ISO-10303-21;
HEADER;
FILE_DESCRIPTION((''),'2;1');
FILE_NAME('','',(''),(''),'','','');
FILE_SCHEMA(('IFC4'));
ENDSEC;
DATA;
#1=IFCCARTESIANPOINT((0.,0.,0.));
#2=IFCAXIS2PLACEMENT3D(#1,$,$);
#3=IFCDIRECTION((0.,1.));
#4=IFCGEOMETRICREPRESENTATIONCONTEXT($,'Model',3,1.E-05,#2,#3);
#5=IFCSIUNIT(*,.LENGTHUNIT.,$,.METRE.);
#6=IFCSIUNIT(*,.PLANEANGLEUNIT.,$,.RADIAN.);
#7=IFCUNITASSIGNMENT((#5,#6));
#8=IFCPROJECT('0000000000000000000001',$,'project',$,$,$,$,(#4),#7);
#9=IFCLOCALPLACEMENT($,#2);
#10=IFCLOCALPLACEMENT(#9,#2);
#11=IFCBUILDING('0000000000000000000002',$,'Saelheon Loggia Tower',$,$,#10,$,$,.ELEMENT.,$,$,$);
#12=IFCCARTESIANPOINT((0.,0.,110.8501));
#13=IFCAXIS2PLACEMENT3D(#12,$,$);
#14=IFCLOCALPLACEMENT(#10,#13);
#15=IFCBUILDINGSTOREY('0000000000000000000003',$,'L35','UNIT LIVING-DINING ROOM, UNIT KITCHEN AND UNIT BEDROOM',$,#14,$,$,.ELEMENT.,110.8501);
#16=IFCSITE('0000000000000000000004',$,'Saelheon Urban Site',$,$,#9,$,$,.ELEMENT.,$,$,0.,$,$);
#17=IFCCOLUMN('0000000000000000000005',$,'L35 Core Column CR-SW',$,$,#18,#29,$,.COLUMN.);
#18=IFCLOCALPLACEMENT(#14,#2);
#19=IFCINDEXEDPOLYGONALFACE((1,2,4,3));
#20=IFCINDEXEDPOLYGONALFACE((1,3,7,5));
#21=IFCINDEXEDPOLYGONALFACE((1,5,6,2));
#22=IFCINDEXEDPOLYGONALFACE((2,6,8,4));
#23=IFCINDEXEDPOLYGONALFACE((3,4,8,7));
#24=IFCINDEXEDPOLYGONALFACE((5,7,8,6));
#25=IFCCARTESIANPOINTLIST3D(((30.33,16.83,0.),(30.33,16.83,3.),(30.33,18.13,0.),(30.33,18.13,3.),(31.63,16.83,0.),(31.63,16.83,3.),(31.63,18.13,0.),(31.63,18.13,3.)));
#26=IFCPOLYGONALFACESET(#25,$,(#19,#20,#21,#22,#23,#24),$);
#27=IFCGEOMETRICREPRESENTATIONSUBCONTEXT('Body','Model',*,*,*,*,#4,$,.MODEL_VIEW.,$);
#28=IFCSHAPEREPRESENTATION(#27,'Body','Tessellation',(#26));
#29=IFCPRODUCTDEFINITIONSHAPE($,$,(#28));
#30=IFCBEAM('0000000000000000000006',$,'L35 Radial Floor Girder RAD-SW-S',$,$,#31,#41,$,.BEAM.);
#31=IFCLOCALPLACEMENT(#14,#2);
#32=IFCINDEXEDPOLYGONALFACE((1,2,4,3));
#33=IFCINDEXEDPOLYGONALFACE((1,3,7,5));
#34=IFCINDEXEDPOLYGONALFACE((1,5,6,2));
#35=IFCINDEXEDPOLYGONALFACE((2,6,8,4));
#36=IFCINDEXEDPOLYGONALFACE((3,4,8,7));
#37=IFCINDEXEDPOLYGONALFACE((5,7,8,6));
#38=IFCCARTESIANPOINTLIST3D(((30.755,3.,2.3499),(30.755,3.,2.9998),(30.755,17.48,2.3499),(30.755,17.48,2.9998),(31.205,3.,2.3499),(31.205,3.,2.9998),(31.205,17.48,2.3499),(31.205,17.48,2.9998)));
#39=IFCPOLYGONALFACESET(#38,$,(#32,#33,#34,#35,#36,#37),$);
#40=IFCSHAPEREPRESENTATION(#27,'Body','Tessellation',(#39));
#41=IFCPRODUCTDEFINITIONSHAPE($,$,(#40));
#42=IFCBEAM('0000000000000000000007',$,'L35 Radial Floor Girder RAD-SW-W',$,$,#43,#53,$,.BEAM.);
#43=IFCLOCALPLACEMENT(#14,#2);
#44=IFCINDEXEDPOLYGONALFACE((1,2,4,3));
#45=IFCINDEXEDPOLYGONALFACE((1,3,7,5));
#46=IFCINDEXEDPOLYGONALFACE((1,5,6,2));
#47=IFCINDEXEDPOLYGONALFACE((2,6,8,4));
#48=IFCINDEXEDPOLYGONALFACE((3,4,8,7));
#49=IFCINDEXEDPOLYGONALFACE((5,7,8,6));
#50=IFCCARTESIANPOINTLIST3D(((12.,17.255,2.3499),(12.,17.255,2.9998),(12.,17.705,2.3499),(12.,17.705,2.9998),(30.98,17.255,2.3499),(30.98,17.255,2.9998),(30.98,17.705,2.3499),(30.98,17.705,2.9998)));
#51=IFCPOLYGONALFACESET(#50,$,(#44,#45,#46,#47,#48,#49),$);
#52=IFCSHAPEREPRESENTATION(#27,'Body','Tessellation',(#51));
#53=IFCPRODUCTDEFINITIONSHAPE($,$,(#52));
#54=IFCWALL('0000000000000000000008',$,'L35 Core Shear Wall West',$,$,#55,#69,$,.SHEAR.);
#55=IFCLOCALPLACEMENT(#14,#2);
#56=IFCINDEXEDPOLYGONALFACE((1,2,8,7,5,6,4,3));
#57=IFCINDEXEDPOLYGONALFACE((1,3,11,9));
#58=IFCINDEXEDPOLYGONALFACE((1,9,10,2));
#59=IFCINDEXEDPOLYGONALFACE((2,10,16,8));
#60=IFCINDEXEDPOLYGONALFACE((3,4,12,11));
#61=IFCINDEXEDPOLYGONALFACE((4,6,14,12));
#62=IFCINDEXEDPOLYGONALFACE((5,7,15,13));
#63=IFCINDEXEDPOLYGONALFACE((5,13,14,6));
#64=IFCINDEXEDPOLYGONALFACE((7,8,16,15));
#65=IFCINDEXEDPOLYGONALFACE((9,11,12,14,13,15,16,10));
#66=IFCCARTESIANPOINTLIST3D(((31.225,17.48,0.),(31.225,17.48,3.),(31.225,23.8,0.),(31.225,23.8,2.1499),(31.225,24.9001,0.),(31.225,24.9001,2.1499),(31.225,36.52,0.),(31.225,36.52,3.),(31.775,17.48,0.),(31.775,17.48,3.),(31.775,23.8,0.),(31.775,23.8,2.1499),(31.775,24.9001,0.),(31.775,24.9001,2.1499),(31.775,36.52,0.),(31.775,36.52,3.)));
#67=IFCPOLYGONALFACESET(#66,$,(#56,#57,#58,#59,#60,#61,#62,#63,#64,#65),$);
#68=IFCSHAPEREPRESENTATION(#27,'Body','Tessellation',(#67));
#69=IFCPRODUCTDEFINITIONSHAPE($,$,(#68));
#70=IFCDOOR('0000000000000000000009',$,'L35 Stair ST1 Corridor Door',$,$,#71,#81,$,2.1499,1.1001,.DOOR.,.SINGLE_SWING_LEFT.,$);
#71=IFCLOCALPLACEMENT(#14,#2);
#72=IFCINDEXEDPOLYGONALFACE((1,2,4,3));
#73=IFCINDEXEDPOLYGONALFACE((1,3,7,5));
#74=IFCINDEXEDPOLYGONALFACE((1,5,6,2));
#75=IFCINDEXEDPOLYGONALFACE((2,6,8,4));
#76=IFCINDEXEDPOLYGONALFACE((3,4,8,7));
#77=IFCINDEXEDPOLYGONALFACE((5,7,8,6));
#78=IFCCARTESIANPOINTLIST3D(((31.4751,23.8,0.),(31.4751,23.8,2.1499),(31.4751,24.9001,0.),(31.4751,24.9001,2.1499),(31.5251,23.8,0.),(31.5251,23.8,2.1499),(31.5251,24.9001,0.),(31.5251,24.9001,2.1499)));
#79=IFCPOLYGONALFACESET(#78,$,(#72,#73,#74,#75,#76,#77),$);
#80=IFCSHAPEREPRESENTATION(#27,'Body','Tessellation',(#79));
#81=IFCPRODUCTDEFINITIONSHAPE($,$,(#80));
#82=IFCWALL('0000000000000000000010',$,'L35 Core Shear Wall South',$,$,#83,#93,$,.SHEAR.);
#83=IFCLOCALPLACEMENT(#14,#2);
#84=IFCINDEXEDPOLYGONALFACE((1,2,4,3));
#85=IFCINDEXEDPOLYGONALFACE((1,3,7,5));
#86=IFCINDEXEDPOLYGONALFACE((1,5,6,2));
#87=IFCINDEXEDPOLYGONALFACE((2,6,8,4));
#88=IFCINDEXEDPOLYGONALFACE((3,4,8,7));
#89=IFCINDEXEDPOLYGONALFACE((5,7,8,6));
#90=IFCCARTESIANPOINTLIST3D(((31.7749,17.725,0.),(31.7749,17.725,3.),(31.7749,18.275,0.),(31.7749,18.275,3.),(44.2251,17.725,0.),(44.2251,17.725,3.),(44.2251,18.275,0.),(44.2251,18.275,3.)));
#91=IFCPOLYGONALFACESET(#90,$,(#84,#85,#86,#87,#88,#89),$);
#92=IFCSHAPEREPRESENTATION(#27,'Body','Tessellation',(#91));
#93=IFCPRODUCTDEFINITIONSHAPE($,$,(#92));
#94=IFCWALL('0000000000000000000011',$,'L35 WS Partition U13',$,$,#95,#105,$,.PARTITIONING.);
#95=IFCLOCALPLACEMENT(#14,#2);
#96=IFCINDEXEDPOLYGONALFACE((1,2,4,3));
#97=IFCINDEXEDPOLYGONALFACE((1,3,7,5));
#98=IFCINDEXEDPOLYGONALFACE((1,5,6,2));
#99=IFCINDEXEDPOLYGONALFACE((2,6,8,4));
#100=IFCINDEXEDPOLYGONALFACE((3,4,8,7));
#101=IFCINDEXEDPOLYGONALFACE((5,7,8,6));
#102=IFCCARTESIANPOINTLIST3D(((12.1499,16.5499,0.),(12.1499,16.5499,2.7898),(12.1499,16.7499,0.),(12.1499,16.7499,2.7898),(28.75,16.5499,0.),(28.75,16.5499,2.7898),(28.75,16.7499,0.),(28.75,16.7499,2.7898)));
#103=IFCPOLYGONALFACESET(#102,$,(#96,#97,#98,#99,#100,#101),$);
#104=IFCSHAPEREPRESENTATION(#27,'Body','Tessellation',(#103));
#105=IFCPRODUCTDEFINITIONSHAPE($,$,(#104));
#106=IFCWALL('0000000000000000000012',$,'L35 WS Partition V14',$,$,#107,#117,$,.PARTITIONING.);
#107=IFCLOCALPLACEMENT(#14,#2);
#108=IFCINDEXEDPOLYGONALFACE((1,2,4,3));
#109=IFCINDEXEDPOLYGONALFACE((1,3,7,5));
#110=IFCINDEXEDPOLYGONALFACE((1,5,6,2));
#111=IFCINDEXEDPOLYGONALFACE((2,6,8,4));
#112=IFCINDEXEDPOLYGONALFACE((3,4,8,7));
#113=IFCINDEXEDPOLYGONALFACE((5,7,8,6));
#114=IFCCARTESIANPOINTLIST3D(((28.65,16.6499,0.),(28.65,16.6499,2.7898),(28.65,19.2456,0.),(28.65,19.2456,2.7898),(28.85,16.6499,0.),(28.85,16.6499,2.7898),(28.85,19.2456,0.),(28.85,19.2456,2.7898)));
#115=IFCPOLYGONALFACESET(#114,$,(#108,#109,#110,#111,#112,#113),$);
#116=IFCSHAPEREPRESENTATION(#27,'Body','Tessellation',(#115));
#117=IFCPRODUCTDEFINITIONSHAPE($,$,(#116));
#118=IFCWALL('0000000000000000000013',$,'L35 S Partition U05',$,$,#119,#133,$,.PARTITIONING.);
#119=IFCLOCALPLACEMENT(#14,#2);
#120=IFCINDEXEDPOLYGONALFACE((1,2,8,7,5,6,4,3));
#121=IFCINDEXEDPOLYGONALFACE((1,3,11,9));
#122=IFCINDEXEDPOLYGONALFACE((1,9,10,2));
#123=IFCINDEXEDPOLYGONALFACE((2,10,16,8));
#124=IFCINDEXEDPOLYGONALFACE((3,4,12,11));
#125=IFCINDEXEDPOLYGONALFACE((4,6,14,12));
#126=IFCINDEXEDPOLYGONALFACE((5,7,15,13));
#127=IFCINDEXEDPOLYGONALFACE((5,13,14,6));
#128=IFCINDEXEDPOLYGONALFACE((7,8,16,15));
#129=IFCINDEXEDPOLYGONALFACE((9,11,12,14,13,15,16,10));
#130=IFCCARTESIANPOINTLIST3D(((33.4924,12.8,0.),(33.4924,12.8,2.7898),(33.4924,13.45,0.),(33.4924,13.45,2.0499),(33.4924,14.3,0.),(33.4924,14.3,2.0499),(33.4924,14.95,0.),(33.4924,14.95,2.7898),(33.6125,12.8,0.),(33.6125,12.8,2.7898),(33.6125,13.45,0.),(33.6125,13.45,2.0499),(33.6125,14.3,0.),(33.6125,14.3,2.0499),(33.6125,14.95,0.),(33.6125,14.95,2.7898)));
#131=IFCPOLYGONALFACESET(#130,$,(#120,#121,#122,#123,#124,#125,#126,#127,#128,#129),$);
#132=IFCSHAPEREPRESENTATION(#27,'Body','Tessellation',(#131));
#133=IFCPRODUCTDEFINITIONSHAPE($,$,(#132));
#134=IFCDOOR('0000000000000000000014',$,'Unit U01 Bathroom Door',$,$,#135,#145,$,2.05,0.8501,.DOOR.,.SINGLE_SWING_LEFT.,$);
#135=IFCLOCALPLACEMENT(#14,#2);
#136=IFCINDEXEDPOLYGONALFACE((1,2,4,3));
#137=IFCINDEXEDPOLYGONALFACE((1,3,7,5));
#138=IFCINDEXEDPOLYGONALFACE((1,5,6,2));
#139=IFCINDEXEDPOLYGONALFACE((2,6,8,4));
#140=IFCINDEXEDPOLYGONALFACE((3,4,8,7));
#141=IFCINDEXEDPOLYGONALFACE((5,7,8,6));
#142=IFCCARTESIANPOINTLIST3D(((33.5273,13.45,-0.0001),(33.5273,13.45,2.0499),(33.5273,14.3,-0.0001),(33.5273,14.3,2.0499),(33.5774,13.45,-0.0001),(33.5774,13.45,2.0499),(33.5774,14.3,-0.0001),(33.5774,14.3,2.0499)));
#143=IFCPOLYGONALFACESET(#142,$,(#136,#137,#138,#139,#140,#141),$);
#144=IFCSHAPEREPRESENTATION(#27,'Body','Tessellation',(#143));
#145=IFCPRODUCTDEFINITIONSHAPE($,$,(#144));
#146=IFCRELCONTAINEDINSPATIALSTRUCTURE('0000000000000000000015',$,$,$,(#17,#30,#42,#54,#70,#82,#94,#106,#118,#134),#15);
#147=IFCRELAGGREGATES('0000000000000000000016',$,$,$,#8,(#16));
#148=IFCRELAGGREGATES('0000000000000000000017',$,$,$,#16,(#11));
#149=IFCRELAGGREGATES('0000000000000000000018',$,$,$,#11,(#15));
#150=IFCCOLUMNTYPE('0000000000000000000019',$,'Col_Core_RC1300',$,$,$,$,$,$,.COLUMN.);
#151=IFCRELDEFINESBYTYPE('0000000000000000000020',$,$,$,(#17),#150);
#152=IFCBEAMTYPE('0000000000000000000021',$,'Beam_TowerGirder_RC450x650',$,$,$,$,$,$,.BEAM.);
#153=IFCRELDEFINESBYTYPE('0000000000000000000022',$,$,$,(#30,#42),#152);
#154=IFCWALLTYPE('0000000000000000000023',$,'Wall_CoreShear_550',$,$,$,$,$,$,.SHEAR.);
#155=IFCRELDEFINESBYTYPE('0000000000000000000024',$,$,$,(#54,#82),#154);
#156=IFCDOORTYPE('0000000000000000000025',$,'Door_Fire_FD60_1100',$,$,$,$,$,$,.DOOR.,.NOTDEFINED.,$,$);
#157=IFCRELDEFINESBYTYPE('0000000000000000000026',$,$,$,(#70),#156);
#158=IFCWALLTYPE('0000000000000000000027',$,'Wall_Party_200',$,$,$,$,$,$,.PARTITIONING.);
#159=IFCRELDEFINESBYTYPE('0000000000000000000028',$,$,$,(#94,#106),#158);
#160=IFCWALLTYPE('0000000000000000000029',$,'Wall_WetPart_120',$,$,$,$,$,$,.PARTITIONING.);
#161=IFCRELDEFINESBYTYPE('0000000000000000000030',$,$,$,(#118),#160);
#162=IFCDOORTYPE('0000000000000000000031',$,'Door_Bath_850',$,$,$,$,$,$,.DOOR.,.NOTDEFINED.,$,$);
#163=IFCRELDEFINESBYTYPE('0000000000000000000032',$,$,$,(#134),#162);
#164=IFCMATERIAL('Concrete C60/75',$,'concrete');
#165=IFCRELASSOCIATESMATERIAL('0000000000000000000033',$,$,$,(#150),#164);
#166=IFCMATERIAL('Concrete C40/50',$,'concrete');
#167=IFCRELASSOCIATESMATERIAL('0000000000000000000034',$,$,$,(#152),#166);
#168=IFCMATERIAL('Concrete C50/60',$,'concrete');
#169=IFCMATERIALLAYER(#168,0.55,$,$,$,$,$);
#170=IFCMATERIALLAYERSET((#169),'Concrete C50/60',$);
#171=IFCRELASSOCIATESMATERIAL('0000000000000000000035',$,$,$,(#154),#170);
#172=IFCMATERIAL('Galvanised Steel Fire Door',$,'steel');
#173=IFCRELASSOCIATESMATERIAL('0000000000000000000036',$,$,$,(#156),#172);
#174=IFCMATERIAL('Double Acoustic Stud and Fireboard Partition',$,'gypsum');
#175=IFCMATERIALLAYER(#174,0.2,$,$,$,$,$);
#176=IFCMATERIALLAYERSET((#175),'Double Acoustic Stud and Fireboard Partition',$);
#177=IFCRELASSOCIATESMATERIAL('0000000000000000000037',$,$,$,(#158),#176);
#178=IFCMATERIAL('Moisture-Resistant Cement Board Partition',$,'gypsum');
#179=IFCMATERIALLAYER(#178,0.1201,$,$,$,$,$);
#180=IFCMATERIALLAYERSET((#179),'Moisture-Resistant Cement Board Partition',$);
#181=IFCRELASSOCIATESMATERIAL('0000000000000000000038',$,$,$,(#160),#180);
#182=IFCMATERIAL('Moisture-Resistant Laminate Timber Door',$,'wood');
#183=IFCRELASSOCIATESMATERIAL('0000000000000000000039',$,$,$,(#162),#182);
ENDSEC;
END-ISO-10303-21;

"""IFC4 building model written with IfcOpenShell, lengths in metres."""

from ifc_helpers import new_model, si_unit, direction, frame, frame_2d, origin, origin_2d, place, context, subcontext, project, spatial, rectangle, extrude, source, transform, mapped, material, layer, layer_set, material_profile, profile_set, type_object, element, fill, save


model = new_model("IFC4")

# Units and contexts
model_context = context("Model", 3, precision=1e-05, world=origin(), true_north=direction((0.0, 1.0)))
body_context = subcontext(model_context, "Body", "Model", "MODEL_VIEW")
ifc_project = project(units=[si_unit("LENGTHUNIT", "METRE"), si_unit("PLANEANGLEUNIT", "RADIAN")], contexts=[model_context])

# Site, building, storey
site_placement = place(None, origin())
site = spatial("IfcSite", under=ifc_project, at=site_placement, Name="Saelheon Urban Site", CompositionType="ELEMENT", RefElevation=0.0)
building_placement = place(site_placement, origin())
building = spatial("IfcBuilding", under=site, at=building_placement, Name="Saelheon Loggia Tower", CompositionType="ELEMENT")
storey_placement = place(building_placement, frame((0.0, 0.0, 110.8501)))
storey = spatial("IfcBuildingStorey", under=building, at=storey_placement, Name="L35", Description="UNIT LIVING-DINING ROOM, UNIT KITCHEN AND UNIT BEDROOM", CompositionType="ELEMENT", Elevation=110.8501)

# Column
ifc_material_1 = material(Name="Concrete C60/75", Category="concrete")
ifc_material_profile_1 = material_profile(ifc_material_1, rectangle(XDim=1.3, YDim=1.3, at=origin_2d()), Name="RC-1300x1300")
ifc_profile_set_1 = profile_set([ifc_material_profile_1], Name="Concrete C60/75")
column_type = type_object("IfcColumnType", Name="Col_Core_RC1300", PredefinedType="COLUMN", material=ifc_profile_set_1)
shared_shape_1 = source(origin(), body_context, "Body", "SweptSolid", [
    extrude(rectangle(XDim=1.3, YDim=1.3, at=origin_2d()), origin(), (0.0, 0.0, 1.0), 3.0),
])
column_placement = place(storey_placement, frame((30.98, 17.48, 0.0), z_axis=(0.0, 0.0, 1.0), x_axis=(1.0, 0.0, 0.0)))
element("IfcColumn", 1, at=column_placement, inside=storey, type_object=column_type, Name="L35 Core Column CR-SW", PredefinedType="COLUMN", context=body_context, shape_type="MappedRepresentation", body=[
    mapped(shared_shape_1, transform((0.0, 0.0, 0.0), scale=1.0)),
])

# Beams
ifc_material_2 = material(Name="Concrete C40/50", Category="concrete")
ifc_material_profile_2 = material_profile(ifc_material_2, rectangle(XDim=0.45, YDim=0.6499, at=origin_2d()), Name="RC-450x650")
ifc_profile_set_2 = profile_set([ifc_material_profile_2], Name="Concrete C40/50")
beam_type = type_object("IfcBeamType", Name="Beam_TowerGirder_RC450x650", PredefinedType="BEAM", material=ifc_profile_set_2)
shared_shape_2 = source(origin(), body_context, "Body", "SweptSolid", [
    extrude(rectangle(XDim=0.45, YDim=0.6499, at=origin_2d()), origin(), (0.0, 0.0, 1.0), 14.48),
])
beam_1_placement = place(storey_placement, frame((30.98, 17.48, 2.6748), z_axis=(0.0, -1.0, 0.0), x_axis=(1.0, 0.0, 0.0)))
element("IfcBeam", 2, at=beam_1_placement, inside=storey, type_object=beam_type, Name="L35 Radial Floor Girder RAD-SW-S", PredefinedType="BEAM", context=body_context, shape_type="MappedRepresentation", body=[
    mapped(shared_shape_2, transform((0.0, 0.0, 0.0), scale=1.0)),
])
shared_shape_3 = source(origin(), body_context, "Body", "SweptSolid", [
    extrude(rectangle(XDim=0.45, YDim=0.6499, at=origin_2d()), origin(), (0.0, 0.0, 1.0), 18.98),
])
beam_2_placement = place(storey_placement, frame((30.98, 17.48, 2.6748), z_axis=(-1.0, 0.0, 0.0), x_axis=(0.0, -1.0, 0.0)))
element("IfcBeam", 3, at=beam_2_placement, inside=storey, type_object=beam_type, Name="L35 Radial Floor Girder RAD-SW-W", PredefinedType="BEAM", context=body_context, shape_type="MappedRepresentation", body=[
    mapped(shared_shape_3, transform((0.0, 0.0, 0.0), scale=1.0)),
])

# Wall, opening, door
ifc_material_3 = material(Name="Concrete C50/60", Category="concrete")
ifc_layer_1 = layer(ifc_material_3, 0.55)
ifc_layer_set_1 = layer_set([ifc_layer_1], Name="Concrete C50/60")
wall_type_1 = type_object("IfcWallType", Name="Wall_CoreShear_550", PredefinedType="SHEAR", material=ifc_layer_set_1)
wall_1_placement = place(storey_placement, frame((31.5, 17.48, 0.0), z_axis=(0.0, 0.0, 1.0), x_axis=(0.0, 1.0, 0.0)))
wall_1 = element("IfcWall", 4, at=wall_1_placement, inside=storey, type_object=wall_type_1, Name="L35 Core Shear Wall West", PredefinedType="SHEAR", context=body_context, shape_type="SweptSolid", body=[
    extrude(rectangle(XDim=19.04, YDim=0.55, at=frame_2d((9.52, 0.0))), origin(), (0.0, 0.0, 1.0), 3.0),
])
opening_1_placement = place(wall_1_placement, frame((6.3201, 0.0, 0.0)))
opening_1 = element("IfcOpeningElement", 5, at=opening_1_placement, cuts=wall_1, PredefinedType="OPENING", context=body_context, shape_type="SweptSolid", body=[
    extrude(rectangle(XDim=1.1001, YDim=2.1499, at=frame_2d((0.55, 1.075))), frame((0.0, 0.2871, 0.0), z_axis=(0.0, -1.0, 0.0), x_axis=(1.0, 0.0, 0.0)), (0.0, 0.0, 1.0), 0.574),
])
ifc_material_4 = material(Name="Galvanised Steel Fire Door", Category="steel")
door_type_1 = type_object("IfcDoorType", Name="Door_Fire_FD60_1100", OperationType="NOTDEFINED", PredefinedType="DOOR", material=ifc_material_4)
shared_shape_4 = source(origin(), body_context, "Body", "SweptSolid", [
    extrude(rectangle(XDim=1.1001, YDim=2.1499, at=frame_2d((0.55, 1.075))), frame((0.0, 0.0249, 0.0), z_axis=(0.0, -1.0, 0.0), x_axis=(1.0, 0.0, 0.0)), (0.0, 0.0, 1.0), 0.05),
])
door_1_placement = place(opening_1_placement, origin())
door_1 = element("IfcDoor", 6, at=door_1_placement, inside=storey, type_object=door_type_1, Name="L35 Stair ST1 Corridor Door", OperationType="SINGLE_SWING_LEFT", OverallHeight=2.1499, OverallWidth=1.1001, PredefinedType="DOOR", context=body_context, shape_type="MappedRepresentation", body=[
    mapped(shared_shape_4, transform((0.0, 0.0, 0.0), scale=1.0)),
])
fill(opening_1, door_1)

# Walls
wall_2_placement = place(storey_placement, frame((31.7749, 18.0, 0.0), z_axis=(0.0, 0.0, 1.0), x_axis=(1.0, 0.0, 0.0)))
element("IfcWall", 7, at=wall_2_placement, inside=storey, type_object=wall_type_1, Name="L35 Core Shear Wall South", PredefinedType="SHEAR", context=body_context, shape_type="SweptSolid", body=[
    extrude(rectangle(XDim=12.4502, YDim=0.55, at=frame_2d((6.2251, 0.0))), origin(), (0.0, 0.0, 1.0), 3.0),
])
ifc_material_5 = material(Name="Double Acoustic Stud and Fireboard Partition", Category="gypsum")
ifc_layer_2 = layer(ifc_material_5, 0.2)
ifc_layer_set_2 = layer_set([ifc_layer_2], Name="Double Acoustic Stud and Fireboard Partition")
wall_type_2 = type_object("IfcWallType", Name="Wall_Party_200", PredefinedType="PARTITIONING", material=ifc_layer_set_2)
wall_3_placement = place(storey_placement, frame((28.75, 16.6499, 0.0), z_axis=(0.0, 0.0, 1.0), x_axis=(-1.0, 0.0, 0.0)))
element("IfcWall", 8, at=wall_3_placement, inside=storey, type_object=wall_type_2, Name="L35 WS Partition U13", PredefinedType="PARTITIONING", context=body_context, shape_type="SweptSolid", body=[
    extrude(rectangle(XDim=16.6001, YDim=0.2, at=frame_2d((8.3, 0.0))), origin(), (0.0, 0.0, 1.0), 2.7898),
])
wall_4_placement = place(storey_placement, frame((28.75, 16.6499, 0.0), z_axis=(0.0, 0.0, 1.0), x_axis=(0.0, 1.0, 0.0)))
element("IfcWall", 9, at=wall_4_placement, inside=storey, type_object=wall_type_2, Name="L35 WS Partition V14", PredefinedType="PARTITIONING", context=body_context, shape_type="SweptSolid", body=[
    extrude(rectangle(XDim=2.5957, YDim=0.2, at=frame_2d((1.2979, 0.0))), origin(), (0.0, 0.0, 1.0), 2.7898),
])

# Wall, opening, door
ifc_material_6 = material(Name="Moisture-Resistant Cement Board Partition", Category="gypsum")
ifc_layer_3 = layer(ifc_material_6, 0.1201)
ifc_layer_set_3 = layer_set([ifc_layer_3], Name="Moisture-Resistant Cement Board Partition")
wall_type_3 = type_object("IfcWallType", Name="Wall_WetPart_120", PredefinedType="PARTITIONING", material=ifc_layer_set_3)
wall_5_placement = place(storey_placement, frame((33.5525, 14.95, 0.0), z_axis=(0.0, 0.0, 1.0), x_axis=(0.0, -1.0, 0.0)))
wall_5 = element("IfcWall", 10, at=wall_5_placement, inside=storey, type_object=wall_type_3, Name="L35 S Partition U05", PredefinedType="PARTITIONING", context=body_context, shape_type="SweptSolid", body=[
    extrude(rectangle(XDim=2.1499, YDim=0.1201, at=frame_2d((1.075, 0.0))), origin(), (0.0, 0.0, 1.0), 2.7898),
])
opening_2_placement = place(wall_5_placement, frame((0.6499, 0.0, 0.0)))
opening_2 = element("IfcOpeningElement", 11, at=opening_2_placement, cuts=wall_5, PredefinedType="OPENING", context=body_context, shape_type="SweptSolid", body=[
    extrude(rectangle(XDim=0.8501, YDim=2.05, at=frame_2d((0.425, 1.0249))), frame((0.0, 0.072, 0.0), z_axis=(0.0, -1.0, 0.0), x_axis=(1.0, 0.0, 0.0)), (0.0, 0.0, 1.0), 0.144),
])
ifc_material_7 = material(Name="Moisture-Resistant Laminate Timber Door", Category="wood")
door_type_2 = type_object("IfcDoorType", Name="Door_Bath_850", OperationType="NOTDEFINED", PredefinedType="DOOR", material=ifc_material_7)
shared_shape_5 = source(origin(), body_context, "Body", "SweptSolid", [
    extrude(rectangle(XDim=0.8501, YDim=2.05, at=frame_2d((0.425, 1.0249))), frame((0.0, 0.0249, 0.0), z_axis=(0.0, -1.0, 0.0), x_axis=(1.0, 0.0, 0.0)), (0.0, 0.0, 1.0), 0.05),
])
door_2_placement = place(opening_2_placement, origin())
door_2 = element("IfcDoor", 12, at=door_2_placement, inside=storey, type_object=door_type_2, Name="Unit U01 Bathroom Door", OperationType="SINGLE_SWING_LEFT", OverallHeight=2.05, OverallWidth=0.8501, PredefinedType="DOOR", context=body_context, shape_type="MappedRepresentation", body=[
    mapped(shared_shape_5, transform((0.0, 0.0, 0.0), scale=1.0)),
])
fill(opening_2, door_2)

save(model, "model.ifc")
